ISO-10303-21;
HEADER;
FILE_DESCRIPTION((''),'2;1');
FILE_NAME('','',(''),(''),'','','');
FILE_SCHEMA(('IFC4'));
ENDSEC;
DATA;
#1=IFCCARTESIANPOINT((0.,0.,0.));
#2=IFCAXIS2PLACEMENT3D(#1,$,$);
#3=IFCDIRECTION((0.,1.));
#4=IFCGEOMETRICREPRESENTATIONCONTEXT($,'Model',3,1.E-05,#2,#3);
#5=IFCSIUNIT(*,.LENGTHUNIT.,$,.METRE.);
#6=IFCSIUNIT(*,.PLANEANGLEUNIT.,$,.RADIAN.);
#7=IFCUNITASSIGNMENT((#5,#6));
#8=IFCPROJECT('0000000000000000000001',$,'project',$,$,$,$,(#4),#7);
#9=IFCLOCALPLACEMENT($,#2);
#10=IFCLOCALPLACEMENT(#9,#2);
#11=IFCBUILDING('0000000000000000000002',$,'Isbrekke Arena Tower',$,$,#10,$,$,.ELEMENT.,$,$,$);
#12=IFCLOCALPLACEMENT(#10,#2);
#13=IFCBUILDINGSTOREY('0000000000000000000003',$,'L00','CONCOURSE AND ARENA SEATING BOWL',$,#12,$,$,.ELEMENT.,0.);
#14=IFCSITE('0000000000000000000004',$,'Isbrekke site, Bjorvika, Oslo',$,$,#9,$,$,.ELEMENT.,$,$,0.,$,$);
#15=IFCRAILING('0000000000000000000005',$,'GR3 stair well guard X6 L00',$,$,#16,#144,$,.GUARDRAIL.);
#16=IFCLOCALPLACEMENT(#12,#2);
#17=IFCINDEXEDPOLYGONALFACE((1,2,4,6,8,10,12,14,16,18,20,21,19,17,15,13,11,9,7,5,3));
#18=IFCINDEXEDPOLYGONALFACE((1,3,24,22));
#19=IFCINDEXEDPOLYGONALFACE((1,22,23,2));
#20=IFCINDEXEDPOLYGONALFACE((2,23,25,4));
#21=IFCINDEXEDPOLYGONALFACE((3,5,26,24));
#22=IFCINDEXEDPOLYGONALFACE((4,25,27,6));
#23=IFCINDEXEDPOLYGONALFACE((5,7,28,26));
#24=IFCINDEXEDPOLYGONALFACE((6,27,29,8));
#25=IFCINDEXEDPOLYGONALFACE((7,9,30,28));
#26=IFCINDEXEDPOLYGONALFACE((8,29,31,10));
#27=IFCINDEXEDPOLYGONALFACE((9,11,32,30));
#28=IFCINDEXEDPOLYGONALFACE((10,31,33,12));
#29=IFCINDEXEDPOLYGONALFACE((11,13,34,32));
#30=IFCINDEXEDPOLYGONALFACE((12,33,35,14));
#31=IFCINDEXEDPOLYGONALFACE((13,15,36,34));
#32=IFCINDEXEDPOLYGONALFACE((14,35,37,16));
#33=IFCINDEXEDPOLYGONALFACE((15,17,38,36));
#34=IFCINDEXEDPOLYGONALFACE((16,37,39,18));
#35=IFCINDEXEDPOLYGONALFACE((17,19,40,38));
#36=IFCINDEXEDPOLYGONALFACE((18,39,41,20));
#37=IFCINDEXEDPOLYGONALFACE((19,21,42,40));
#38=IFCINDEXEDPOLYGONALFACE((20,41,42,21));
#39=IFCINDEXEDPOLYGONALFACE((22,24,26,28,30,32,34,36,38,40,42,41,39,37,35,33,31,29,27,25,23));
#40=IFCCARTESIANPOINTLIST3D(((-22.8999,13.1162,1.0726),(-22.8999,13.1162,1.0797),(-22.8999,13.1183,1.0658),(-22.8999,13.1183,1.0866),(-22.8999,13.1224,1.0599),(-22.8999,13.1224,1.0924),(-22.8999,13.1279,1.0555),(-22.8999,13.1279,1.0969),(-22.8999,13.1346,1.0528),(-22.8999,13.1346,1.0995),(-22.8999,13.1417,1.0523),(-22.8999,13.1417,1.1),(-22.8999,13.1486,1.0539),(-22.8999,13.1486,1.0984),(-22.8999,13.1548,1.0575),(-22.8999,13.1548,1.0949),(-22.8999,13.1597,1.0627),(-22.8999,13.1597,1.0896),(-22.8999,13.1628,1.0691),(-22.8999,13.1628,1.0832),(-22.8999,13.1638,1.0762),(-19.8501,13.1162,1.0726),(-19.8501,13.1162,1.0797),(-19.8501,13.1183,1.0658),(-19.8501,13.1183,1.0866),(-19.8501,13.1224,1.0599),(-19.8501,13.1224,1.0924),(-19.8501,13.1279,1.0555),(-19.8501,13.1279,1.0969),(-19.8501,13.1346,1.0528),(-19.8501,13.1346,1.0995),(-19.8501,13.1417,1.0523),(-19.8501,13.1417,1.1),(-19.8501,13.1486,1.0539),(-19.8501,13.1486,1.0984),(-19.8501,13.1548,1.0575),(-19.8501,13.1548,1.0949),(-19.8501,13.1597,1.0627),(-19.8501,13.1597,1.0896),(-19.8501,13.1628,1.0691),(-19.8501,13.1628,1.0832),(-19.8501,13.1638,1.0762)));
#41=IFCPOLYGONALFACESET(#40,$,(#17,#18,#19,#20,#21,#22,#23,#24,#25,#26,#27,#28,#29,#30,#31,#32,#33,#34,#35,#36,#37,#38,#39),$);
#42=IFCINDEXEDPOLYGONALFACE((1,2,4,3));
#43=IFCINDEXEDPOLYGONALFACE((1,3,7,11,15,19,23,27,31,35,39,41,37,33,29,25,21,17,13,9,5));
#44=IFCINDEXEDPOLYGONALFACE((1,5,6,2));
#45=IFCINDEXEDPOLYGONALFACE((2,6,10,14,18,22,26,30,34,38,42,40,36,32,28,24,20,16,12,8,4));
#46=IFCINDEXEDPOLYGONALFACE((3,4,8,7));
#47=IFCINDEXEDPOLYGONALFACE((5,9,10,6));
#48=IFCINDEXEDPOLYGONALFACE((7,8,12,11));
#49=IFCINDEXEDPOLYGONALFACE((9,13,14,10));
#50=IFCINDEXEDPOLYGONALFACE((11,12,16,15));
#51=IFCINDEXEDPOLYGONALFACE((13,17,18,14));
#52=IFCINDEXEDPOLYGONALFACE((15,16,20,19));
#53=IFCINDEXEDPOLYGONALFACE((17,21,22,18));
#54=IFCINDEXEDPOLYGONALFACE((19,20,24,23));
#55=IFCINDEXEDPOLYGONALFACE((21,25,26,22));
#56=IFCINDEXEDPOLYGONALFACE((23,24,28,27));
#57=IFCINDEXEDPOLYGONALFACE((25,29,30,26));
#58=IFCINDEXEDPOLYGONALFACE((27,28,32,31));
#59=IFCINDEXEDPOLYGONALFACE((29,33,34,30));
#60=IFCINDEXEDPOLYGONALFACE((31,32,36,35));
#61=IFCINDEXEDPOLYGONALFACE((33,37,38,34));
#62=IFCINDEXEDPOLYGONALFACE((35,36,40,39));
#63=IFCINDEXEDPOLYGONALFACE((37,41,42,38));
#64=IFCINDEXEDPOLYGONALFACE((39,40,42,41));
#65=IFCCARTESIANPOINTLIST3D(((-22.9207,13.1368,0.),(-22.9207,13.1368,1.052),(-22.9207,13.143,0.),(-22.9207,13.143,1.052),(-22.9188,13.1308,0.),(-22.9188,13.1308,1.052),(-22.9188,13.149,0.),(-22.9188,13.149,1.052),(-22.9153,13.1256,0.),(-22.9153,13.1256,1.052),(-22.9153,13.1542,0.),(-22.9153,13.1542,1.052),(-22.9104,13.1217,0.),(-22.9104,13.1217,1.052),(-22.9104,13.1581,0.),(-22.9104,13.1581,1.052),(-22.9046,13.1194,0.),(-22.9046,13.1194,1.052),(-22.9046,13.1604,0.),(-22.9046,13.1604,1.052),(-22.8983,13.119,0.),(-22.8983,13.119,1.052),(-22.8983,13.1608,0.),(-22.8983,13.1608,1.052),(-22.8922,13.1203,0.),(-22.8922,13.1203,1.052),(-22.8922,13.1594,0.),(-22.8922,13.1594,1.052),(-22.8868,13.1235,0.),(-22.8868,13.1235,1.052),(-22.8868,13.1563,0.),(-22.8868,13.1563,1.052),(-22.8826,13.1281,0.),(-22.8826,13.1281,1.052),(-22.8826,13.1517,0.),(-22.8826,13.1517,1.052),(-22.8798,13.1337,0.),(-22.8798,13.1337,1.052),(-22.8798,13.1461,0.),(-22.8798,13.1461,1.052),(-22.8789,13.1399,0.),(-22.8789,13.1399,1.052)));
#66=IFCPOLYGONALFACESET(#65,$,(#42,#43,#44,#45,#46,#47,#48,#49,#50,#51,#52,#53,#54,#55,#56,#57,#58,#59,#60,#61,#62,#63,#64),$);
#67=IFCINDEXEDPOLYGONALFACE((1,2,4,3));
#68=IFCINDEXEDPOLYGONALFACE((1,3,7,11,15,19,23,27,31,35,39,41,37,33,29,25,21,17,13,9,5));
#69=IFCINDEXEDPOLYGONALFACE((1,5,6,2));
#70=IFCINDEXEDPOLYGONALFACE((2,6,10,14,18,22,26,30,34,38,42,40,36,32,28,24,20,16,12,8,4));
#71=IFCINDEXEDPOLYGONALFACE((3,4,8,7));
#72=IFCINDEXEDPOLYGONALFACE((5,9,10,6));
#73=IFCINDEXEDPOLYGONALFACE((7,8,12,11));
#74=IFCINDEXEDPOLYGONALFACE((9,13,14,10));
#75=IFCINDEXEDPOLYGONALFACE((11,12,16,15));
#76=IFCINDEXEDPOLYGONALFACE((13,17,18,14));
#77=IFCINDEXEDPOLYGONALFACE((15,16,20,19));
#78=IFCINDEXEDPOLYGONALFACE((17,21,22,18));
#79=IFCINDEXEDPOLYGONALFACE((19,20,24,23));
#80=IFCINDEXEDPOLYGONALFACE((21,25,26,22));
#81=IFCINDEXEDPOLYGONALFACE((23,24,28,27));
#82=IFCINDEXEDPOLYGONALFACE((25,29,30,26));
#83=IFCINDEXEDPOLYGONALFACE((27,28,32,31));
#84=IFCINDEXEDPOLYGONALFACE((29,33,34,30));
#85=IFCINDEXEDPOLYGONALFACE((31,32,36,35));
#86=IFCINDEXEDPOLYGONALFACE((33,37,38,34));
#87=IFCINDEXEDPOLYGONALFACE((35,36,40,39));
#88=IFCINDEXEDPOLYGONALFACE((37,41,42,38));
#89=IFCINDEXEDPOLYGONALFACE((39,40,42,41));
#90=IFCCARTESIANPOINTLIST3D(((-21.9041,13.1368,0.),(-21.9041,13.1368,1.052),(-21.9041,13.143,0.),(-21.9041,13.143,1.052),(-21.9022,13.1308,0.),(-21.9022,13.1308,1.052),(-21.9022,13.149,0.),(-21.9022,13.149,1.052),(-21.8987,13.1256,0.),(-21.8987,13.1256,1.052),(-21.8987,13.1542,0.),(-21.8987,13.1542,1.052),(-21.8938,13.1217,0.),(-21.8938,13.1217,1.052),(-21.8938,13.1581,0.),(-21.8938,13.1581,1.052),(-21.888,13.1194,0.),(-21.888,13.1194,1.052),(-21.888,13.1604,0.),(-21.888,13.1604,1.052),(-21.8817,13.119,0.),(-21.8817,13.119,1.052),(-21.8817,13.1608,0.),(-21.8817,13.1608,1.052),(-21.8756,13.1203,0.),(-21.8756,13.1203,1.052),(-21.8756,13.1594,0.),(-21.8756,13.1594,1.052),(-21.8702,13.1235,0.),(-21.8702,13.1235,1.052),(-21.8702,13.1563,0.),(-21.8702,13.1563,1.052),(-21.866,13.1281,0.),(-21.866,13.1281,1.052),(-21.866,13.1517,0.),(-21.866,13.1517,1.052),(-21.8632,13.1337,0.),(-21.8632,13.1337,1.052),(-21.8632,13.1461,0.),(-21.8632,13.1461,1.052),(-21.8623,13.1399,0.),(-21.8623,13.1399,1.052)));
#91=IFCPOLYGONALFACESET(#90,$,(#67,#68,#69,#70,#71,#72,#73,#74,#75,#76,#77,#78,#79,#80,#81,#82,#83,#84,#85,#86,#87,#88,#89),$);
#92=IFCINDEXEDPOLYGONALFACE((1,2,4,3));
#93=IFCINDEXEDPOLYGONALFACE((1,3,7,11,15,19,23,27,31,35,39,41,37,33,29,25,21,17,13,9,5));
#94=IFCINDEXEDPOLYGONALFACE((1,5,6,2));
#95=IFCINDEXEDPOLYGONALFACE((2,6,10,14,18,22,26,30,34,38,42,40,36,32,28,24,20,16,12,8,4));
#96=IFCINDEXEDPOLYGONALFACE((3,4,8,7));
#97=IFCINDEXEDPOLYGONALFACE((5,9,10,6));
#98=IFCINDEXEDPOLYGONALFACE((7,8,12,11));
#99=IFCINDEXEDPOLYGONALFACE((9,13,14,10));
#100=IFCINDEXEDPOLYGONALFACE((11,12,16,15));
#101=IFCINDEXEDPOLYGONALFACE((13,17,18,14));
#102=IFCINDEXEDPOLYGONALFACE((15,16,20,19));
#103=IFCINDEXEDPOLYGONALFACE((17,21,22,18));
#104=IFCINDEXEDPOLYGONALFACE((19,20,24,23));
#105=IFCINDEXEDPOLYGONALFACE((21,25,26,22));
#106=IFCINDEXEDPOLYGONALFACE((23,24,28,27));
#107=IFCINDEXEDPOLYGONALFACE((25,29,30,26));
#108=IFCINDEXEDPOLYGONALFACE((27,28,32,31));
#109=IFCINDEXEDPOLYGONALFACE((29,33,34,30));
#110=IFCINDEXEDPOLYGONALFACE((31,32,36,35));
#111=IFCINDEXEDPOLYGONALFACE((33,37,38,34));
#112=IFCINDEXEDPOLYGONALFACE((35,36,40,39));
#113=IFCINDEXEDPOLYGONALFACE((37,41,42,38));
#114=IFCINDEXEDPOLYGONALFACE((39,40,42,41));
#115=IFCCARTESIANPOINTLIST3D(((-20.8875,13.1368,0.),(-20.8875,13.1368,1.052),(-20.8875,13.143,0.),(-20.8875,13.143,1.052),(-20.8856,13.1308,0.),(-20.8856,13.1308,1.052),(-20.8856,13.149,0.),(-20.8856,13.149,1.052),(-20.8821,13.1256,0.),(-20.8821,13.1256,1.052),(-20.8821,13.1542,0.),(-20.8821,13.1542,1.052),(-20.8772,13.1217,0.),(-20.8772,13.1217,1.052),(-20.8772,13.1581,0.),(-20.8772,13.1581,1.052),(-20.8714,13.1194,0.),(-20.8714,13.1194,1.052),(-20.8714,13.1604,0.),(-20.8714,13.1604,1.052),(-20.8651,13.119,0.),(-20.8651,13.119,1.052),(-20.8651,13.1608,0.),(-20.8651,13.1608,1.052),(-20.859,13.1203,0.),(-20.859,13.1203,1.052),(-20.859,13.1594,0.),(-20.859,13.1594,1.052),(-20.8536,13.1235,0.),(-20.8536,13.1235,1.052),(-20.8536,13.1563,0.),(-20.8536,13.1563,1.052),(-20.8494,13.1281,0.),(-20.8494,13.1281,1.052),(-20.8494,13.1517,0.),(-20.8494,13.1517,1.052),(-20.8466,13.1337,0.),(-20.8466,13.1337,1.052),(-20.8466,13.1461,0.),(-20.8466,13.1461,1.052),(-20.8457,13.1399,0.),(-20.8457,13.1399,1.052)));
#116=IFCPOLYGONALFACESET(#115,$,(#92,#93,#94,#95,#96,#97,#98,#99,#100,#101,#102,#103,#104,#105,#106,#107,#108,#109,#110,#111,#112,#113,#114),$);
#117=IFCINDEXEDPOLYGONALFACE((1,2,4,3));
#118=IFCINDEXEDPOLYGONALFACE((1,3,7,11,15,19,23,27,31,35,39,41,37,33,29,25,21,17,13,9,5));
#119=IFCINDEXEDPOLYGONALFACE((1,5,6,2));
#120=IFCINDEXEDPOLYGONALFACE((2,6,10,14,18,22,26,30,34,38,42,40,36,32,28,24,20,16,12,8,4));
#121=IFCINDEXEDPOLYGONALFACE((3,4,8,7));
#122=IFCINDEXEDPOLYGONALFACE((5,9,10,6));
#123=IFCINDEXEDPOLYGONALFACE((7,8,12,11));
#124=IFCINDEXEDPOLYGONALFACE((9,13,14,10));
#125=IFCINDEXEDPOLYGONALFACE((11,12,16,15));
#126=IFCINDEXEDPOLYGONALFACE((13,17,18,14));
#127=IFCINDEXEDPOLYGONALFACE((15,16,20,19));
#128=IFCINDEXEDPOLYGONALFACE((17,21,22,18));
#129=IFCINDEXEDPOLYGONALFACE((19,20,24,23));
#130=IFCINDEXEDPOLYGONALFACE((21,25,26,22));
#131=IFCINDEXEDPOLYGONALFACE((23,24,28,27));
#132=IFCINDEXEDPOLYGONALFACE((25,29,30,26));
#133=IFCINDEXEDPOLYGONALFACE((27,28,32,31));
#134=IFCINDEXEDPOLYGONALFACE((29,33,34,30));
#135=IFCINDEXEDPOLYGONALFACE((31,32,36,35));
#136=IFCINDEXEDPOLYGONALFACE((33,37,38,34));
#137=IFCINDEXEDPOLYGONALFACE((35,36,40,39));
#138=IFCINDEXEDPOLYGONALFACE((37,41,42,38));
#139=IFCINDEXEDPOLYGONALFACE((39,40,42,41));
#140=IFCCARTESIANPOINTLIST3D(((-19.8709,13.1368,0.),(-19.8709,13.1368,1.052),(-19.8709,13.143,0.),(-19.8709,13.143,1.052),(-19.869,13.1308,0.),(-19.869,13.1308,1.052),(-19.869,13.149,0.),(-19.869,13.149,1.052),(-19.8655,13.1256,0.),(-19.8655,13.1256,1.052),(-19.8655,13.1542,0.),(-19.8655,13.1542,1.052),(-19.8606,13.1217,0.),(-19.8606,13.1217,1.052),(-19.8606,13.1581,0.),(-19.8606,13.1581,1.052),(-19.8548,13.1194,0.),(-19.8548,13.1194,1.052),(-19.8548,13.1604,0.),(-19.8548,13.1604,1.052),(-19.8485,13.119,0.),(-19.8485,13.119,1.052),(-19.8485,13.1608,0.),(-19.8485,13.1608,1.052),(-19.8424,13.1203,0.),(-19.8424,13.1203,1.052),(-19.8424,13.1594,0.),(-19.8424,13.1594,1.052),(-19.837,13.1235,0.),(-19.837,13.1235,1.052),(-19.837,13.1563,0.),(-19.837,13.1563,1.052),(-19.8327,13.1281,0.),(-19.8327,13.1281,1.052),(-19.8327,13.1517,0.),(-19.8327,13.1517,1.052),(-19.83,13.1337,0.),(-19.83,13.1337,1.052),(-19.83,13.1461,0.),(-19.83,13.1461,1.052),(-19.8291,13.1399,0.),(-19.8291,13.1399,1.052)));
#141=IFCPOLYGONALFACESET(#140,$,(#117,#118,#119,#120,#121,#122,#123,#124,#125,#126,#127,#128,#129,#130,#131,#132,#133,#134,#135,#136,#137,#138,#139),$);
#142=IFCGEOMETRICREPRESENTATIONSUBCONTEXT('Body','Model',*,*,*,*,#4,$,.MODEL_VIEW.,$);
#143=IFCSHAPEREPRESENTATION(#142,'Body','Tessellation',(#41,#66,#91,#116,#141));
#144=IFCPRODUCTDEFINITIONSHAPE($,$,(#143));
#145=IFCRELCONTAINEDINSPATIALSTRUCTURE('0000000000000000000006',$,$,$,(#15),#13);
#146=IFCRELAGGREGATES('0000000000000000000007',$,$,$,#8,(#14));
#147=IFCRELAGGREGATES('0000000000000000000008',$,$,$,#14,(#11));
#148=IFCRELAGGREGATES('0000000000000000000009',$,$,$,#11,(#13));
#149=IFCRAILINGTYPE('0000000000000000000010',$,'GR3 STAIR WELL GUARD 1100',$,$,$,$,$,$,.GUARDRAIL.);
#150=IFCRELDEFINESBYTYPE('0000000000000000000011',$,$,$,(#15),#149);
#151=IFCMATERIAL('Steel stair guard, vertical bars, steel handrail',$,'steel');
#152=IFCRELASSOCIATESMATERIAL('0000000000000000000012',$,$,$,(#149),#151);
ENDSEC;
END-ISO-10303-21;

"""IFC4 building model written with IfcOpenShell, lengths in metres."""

from ifc_helpers import new_model, si_unit, direction, frame, origin, origin_2d, place, context, subcontext, project, spatial, circle, extrude, material, type_object, element, save


model = new_model("IFC4")

# Units and contexts
model_context = context("Model", 3, precision=1e-05, world=origin(), true_north=direction((0.0, 1.0)))
body_context = subcontext(model_context, "Body", "Model", "MODEL_VIEW")
ifc_project = project(units=[si_unit("LENGTHUNIT", "METRE"), si_unit("PLANEANGLEUNIT", "RADIAN")], contexts=[model_context])

# Site, building, storey
site_placement = place(None, origin())
site = spatial("IfcSite", under=ifc_project, at=site_placement, Name="Isbrekke site, Bjorvika, Oslo", CompositionType="ELEMENT", RefElevation=0.0)
building_placement = place(site_placement, origin())
building = spatial("IfcBuilding", under=site, at=building_placement, Name="Isbrekke Arena Tower", CompositionType="ELEMENT")
storey_placement = place(building_placement, origin())
storey = spatial("IfcBuildingStorey", under=building, at=storey_placement, Name="L00", Description="CONCOURSE AND ARENA SEATING BOWL", CompositionType="ELEMENT", Elevation=0.0)

# Railing
ifc_material_1 = material(Name="Steel stair guard, vertical bars, steel handrail", Category="steel")
railing_type = type_object("IfcRailingType", Name="GR3 STAIR WELL GUARD 1100", PredefinedType="GUARDRAIL", material=ifc_material_1)
railing_placement = place(storey_placement, frame((-22.8999, 13.1399, 0.0)))
element("IfcRailing", 1, at=railing_placement, inside=storey, type_object=railing_type, Name="GR3 stair well guard X6 L00", PredefinedType="GUARDRAIL", context=body_context, shape_type="SweptSolid", body=[
    extrude(circle(Radius=0.0239, at=origin_2d()), frame((0.0, 0.0, 1.0762), z_axis=(1.0, 0.0, 0.0), x_axis=(0.0, 1.0, 0.0)), (0.0, 0.0, 1.0), 3.0498),
    extrude(circle(Radius=0.021, at=origin_2d()), origin(), (0.0, 0.0, 1.0), 1.052),
    extrude(circle(Radius=0.021, at=origin_2d()), frame((1.0166, 0.0, 0.0)), (0.0, 0.0, 1.0), 1.052),
    extrude(circle(Radius=0.021, at=origin_2d()), frame((2.0332, 0.0, 0.0)), (0.0, 0.0, 1.0), 1.052),
    extrude(circle(Radius=0.021, at=origin_2d()), frame((3.0498, 0.0, 0.0)), (0.0, 0.0, 1.0), 1.052),
])

save(model, "model.ifc")
